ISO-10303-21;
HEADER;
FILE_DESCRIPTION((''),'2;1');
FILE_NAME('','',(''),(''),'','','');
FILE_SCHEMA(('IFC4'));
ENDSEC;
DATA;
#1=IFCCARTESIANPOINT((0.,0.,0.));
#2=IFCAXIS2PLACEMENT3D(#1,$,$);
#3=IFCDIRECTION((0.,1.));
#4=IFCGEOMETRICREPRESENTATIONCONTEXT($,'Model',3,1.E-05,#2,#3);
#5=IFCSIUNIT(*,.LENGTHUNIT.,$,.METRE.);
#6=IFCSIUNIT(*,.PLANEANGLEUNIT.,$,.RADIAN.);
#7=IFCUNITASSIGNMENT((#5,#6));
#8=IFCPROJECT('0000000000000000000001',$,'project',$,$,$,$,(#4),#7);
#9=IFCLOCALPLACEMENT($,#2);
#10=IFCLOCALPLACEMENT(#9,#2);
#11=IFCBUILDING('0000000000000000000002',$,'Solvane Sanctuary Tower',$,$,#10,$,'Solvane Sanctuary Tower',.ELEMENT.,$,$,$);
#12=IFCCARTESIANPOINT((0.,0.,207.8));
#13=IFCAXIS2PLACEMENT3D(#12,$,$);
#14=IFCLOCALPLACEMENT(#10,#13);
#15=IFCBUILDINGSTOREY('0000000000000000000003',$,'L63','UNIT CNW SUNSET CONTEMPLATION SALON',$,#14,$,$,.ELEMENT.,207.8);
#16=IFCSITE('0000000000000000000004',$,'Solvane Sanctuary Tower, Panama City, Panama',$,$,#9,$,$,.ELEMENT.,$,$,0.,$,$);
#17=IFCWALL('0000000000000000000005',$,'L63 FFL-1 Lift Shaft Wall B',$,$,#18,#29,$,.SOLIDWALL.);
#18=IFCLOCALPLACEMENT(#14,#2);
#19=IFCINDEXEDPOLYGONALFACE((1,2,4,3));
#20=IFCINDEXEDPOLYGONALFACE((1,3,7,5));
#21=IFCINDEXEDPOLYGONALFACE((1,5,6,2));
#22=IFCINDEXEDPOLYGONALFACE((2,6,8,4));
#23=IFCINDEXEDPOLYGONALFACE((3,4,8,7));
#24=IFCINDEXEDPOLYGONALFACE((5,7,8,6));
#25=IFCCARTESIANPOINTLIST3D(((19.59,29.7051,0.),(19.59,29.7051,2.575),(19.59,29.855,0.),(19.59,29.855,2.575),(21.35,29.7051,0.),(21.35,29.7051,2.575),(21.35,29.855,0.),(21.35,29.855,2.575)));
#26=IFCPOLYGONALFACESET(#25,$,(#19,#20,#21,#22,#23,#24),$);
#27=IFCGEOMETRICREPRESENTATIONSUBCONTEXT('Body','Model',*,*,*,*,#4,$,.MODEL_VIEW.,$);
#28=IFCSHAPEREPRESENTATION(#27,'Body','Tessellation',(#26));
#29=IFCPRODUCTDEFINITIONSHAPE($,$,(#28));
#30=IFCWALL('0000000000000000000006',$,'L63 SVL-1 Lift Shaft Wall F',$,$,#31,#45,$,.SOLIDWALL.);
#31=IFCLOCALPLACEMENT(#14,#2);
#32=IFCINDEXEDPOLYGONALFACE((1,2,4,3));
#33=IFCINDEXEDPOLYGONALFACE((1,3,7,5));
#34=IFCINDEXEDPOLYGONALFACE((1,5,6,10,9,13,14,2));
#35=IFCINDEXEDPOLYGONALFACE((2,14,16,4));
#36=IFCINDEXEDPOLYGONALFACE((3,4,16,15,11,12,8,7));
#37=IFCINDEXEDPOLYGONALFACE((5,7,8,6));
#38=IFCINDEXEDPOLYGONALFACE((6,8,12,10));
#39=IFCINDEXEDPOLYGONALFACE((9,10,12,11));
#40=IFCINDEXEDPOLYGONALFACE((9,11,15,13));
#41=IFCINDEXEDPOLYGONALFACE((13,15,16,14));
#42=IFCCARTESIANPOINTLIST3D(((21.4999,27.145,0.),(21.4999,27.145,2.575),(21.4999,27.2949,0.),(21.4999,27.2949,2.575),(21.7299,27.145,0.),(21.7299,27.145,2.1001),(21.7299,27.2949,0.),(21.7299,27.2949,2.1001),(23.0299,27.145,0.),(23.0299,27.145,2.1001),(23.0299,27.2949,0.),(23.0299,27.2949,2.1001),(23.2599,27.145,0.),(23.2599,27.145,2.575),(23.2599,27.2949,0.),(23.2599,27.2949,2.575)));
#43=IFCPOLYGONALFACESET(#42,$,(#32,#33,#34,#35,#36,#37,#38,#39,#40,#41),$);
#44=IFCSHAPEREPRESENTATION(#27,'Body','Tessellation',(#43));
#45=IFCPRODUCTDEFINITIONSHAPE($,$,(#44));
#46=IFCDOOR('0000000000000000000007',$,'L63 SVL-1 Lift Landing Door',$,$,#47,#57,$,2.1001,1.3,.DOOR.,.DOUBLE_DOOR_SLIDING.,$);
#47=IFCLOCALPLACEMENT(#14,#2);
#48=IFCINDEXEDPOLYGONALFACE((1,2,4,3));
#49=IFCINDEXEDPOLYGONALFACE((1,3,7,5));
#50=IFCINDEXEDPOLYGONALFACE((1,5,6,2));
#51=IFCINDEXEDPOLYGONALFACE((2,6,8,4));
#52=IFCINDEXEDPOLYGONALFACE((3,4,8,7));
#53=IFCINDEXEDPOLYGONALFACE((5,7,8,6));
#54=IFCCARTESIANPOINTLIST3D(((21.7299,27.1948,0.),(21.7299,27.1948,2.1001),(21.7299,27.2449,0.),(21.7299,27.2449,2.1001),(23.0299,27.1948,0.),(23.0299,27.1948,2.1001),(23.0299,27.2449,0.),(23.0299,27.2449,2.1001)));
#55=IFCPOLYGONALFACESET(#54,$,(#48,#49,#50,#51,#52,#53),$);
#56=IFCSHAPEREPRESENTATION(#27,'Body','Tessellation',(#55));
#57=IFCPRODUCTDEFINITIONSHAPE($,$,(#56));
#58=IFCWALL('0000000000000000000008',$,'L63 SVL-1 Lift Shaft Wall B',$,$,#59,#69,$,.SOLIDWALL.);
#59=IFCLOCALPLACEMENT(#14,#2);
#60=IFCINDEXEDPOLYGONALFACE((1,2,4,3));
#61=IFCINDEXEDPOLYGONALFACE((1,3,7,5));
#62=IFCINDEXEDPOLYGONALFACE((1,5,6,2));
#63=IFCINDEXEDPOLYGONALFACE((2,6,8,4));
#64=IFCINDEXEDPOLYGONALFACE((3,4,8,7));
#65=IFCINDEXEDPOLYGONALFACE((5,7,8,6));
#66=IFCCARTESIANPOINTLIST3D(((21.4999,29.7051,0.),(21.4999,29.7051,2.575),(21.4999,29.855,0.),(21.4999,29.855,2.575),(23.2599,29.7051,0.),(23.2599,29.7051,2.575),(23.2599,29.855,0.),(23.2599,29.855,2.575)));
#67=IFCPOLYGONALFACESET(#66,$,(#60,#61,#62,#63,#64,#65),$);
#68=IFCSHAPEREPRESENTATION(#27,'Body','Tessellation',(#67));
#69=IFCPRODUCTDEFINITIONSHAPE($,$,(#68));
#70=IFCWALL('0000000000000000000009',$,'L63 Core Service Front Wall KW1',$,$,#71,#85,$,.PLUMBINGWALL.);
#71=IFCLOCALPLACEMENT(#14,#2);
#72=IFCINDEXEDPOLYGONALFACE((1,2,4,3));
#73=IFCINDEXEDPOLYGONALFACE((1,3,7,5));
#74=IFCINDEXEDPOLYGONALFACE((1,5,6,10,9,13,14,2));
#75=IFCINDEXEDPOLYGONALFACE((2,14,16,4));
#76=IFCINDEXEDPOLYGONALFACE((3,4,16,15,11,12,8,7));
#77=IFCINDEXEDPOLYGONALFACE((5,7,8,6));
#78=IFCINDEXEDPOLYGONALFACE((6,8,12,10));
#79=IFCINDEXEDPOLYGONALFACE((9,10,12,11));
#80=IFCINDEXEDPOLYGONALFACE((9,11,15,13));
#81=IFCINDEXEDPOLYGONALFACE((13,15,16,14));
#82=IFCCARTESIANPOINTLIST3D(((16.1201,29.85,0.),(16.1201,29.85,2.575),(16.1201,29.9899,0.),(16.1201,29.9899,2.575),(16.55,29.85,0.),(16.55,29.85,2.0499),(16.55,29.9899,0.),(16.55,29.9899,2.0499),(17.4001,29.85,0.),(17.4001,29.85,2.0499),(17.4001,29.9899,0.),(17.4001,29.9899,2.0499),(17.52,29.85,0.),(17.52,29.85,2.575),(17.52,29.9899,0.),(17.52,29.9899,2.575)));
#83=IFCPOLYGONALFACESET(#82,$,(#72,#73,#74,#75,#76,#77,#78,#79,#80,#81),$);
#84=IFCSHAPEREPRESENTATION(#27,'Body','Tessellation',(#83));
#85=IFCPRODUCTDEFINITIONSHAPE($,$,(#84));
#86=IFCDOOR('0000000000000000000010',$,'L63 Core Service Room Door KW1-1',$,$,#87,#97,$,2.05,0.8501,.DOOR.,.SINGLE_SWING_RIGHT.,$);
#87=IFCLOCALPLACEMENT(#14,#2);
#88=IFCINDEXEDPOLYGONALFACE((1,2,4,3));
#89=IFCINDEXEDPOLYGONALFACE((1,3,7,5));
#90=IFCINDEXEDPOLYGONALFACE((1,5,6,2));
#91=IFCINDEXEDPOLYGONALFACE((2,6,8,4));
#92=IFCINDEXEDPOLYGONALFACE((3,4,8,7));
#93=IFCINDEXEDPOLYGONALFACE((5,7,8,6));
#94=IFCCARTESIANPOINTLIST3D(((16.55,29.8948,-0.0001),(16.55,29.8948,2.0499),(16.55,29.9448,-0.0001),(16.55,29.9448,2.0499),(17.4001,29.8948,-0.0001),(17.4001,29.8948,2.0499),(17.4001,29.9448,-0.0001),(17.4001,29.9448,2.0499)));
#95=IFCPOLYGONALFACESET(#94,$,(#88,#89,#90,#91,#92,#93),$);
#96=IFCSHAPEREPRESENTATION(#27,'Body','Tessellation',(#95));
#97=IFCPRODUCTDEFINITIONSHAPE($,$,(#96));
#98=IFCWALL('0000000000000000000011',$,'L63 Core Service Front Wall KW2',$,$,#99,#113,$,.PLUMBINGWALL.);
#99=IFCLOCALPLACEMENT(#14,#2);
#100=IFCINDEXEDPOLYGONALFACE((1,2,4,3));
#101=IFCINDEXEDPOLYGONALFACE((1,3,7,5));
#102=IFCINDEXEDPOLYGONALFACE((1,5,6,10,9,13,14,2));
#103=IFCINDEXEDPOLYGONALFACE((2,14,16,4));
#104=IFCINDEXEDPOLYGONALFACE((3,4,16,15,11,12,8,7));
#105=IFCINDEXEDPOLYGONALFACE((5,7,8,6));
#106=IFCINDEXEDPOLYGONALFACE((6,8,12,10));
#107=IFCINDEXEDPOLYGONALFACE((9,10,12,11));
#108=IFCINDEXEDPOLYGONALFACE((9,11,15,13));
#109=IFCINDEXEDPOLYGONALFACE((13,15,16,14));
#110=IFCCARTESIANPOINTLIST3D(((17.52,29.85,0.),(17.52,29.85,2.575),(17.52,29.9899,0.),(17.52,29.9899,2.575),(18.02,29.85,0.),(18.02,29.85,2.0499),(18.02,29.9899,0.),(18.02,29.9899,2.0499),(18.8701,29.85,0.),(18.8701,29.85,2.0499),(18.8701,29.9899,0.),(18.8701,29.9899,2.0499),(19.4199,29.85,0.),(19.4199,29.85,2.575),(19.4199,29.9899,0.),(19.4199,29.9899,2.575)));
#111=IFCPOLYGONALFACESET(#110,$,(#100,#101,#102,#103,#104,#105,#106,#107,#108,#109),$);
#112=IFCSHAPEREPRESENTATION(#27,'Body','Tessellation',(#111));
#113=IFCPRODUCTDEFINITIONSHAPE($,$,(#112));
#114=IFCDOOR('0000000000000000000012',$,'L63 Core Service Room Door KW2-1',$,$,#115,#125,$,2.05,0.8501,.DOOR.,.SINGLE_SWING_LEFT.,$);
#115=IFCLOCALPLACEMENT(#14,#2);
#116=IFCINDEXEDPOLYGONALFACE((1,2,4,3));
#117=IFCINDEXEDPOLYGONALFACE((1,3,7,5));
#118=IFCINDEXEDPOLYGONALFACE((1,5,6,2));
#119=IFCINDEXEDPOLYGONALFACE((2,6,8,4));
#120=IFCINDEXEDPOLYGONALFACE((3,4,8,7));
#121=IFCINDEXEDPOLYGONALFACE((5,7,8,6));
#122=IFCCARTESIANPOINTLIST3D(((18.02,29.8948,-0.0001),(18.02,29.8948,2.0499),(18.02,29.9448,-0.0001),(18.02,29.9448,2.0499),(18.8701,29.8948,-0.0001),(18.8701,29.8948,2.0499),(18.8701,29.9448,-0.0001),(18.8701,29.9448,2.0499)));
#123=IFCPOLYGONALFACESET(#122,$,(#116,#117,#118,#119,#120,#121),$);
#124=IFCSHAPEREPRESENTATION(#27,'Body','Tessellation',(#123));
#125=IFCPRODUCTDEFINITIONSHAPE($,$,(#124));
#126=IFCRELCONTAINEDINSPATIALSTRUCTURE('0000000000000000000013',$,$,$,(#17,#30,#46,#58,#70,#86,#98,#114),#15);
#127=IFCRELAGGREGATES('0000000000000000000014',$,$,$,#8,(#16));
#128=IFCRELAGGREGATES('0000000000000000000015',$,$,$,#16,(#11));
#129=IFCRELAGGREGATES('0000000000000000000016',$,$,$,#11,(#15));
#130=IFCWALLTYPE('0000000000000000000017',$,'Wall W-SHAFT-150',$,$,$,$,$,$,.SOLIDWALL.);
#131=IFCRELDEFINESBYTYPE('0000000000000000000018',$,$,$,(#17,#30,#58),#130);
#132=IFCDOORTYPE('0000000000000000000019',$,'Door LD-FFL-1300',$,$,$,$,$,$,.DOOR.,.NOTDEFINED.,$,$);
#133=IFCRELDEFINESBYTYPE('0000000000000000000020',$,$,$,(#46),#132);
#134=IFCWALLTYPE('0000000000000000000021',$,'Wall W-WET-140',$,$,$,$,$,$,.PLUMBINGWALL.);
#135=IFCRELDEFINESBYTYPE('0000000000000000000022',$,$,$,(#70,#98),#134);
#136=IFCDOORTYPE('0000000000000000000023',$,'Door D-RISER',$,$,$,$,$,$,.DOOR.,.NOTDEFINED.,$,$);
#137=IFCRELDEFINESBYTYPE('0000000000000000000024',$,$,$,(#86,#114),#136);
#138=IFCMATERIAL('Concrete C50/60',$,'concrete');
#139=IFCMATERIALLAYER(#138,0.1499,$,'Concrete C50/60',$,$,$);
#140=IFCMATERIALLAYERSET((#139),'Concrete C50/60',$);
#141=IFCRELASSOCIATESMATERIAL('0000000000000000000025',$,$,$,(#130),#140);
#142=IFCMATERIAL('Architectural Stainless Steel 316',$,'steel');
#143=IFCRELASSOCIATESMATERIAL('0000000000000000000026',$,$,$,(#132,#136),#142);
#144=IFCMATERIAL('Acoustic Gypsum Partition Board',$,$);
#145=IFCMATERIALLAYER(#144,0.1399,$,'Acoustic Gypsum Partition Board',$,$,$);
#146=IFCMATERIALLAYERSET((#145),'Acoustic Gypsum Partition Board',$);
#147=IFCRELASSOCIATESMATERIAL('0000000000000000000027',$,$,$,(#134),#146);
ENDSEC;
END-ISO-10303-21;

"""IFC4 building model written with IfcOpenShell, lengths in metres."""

from ifc_helpers import new_model, si_unit, direction, frame, frame_2d, origin, place, context, subcontext, project, spatial, rectangle, extrude, material, layer, layer_set, type_object, element, fill, save


model = new_model("IFC4")

# Units and contexts
model_context = context("Model", 3, precision=1e-05, world=origin(), true_north=direction((0.0, 1.0)))
body_context = subcontext(model_context, "Body", "Model", "MODEL_VIEW")
ifc_project = project(units=[si_unit("LENGTHUNIT", "METRE"), si_unit("PLANEANGLEUNIT", "RADIAN")], contexts=[model_context])

# Site, building, storey
site_placement = place(None, origin())
site = spatial("IfcSite", under=ifc_project, at=site_placement, Name="Solvane Sanctuary Tower, Panama City, Panama", CompositionType="ELEMENT", RefElevation=0.0)
building_placement = place(site_placement, origin())
building = spatial("IfcBuilding", under=site, at=building_placement, Name="Solvane Sanctuary Tower", LongName="Solvane Sanctuary Tower", CompositionType="ELEMENT")
storey_placement = place(building_placement, frame((0.0, 0.0, 207.8)))
storey = spatial("IfcBuildingStorey", under=building, at=storey_placement, Name="L63", Description="UNIT CNW SUNSET CONTEMPLATION SALON", CompositionType="ELEMENT", Elevation=207.8)

# Shared definitions
ifc_material_1 = material(Name="Concrete C50/60", Category="concrete")

# Shared definitions
ifc_material_2 = material(Name="Acoustic Gypsum Partition Board")

# Wall
ifc_layer_1 = layer(ifc_material_1, 0.1499, Name="Concrete C50/60")
ifc_layer_set_1 = layer_set([ifc_layer_1], Name="Concrete C50/60")
wall_type_1 = type_object("IfcWallType", Name="Wall W-SHAFT-150", PredefinedType="SOLIDWALL", material=ifc_layer_set_1)
wall_1_placement = place(storey_placement, frame((19.5901, 29.78, 0.0), z_axis=(0.0, 0.0, 1.0), x_axis=(1.0, 0.0, 0.0)))
element("IfcWall", 1, at=wall_1_placement, inside=storey, type_object=wall_type_1, Name="L63 FFL-1 Lift Shaft Wall B", PredefinedType="SOLIDWALL", context=body_context, shape_type="SweptSolid", body=[
    extrude(rectangle(XDim=1.76, YDim=0.1499, at=frame_2d((0.8799, 0.0))), origin(), (0.0, 0.0, 1.0), 2.575),
])

# Wall, opening, door
wall_2_placement = place(storey_placement, frame((21.5, 27.22, 0.0), z_axis=(0.0, 0.0, 1.0), x_axis=(1.0, 0.0, 0.0)))
wall_2 = element("IfcWall", 2, at=wall_2_placement, inside=storey, type_object=wall_type_1, Name="L63 SVL-1 Lift Shaft Wall F", PredefinedType="SOLIDWALL", context=body_context, shape_type="SweptSolid", body=[
    extrude(rectangle(XDim=1.76, YDim=0.1499, at=frame_2d((0.8799, 0.0))), origin(), (0.0, 0.0, 1.0), 2.575),
])
opening_1_placement = place(wall_2_placement, frame((0.23, 0.0, 0.0)))
opening_1 = element("IfcOpeningElement", 3, at=opening_1_placement, cuts=wall_2, PredefinedType="OPENING", context=body_context, shape_type="SweptSolid", body=[
    extrude(rectangle(XDim=1.3, YDim=2.1001, at=frame_2d((0.6499, 1.05))), frame((0.0, 0.085, 0.0), z_axis=(0.0, -1.0, 0.0), x_axis=(1.0, 0.0, 0.0)), (0.0, 0.0, 1.0), 0.1699),
])
ifc_material_3 = material(Name="Architectural Stainless Steel 316", Category="steel")
door_type_1 = type_object("IfcDoorType", Name="Door LD-FFL-1300", OperationType="NOTDEFINED", PredefinedType="DOOR", material=ifc_material_3)
door_1_placement = place(opening_1_placement, origin())
door_1 = element("IfcDoor", 4, at=door_1_placement, inside=storey, type_object=door_type_1, Name="L63 SVL-1 Lift Landing Door", OperationType="DOUBLE_DOOR_SLIDING", OverallHeight=2.1001, OverallWidth=1.3, PredefinedType="DOOR", context=body_context, shape_type="SweptSolid", body=[
    extrude(rectangle(XDim=1.3, YDim=2.1001, at=frame_2d((0.6499, 1.05))), frame((0.0, 0.0249, 0.0), z_axis=(0.0, -1.0, 0.0), x_axis=(1.0, 0.0, 0.0)), (0.0, 0.0, 1.0), 0.05),
])
fill(opening_1, door_1)

# Wall
wall_3_placement = place(storey_placement, frame((21.5, 29.78, 0.0), z_axis=(0.0, 0.0, 1.0), x_axis=(1.0, 0.0, 0.0)))
element("IfcWall", 5, at=wall_3_placement, inside=storey, type_object=wall_type_1, Name="L63 SVL-1 Lift Shaft Wall B", PredefinedType="SOLIDWALL", context=body_context, shape_type="SweptSolid", body=[
    extrude(rectangle(XDim=1.76, YDim=0.1499, at=frame_2d((0.8799, 0.0))), origin(), (0.0, 0.0, 1.0), 2.575),
])

# Walls, openings, doors
ifc_layer_2 = layer(ifc_material_2, 0.1399, Name="Acoustic Gypsum Partition Board")
ifc_layer_set_2 = layer_set([ifc_layer_2], Name="Acoustic Gypsum Partition Board")
wall_type_2 = type_object("IfcWallType", Name="Wall W-WET-140", PredefinedType="PLUMBINGWALL", material=ifc_layer_set_2)
wall_4_placement = place(storey_placement, frame((16.1201, 29.9199, 0.0), z_axis=(0.0, 0.0, 1.0), x_axis=(1.0, 0.0, 0.0)))
wall_4 = element("IfcWall", 6, at=wall_4_placement, inside=storey, type_object=wall_type_2, Name="L63 Core Service Front Wall KW1", PredefinedType="PLUMBINGWALL", context=body_context, shape_type="SweptSolid", body=[
    extrude(rectangle(XDim=1.3999, YDim=0.1399, at=frame_2d((0.7, 0.0))), origin(), (0.0, 0.0, 1.0), 2.575),
])
opening_2_placement = place(wall_4_placement, frame((0.4299, 0.0, 0.0)))
opening_2 = element("IfcOpeningElement", 7, at=opening_2_placement, cuts=wall_4, PredefinedType="OPENING", context=body_context, shape_type="SweptSolid", body=[
    extrude(rectangle(XDim=0.8501, YDim=2.05, at=frame_2d((0.425, 1.0249))), frame((0.0, 0.0798, 0.0), z_axis=(0.0, -1.0, 0.0), x_axis=(1.0, 0.0, 0.0)), (0.0, 0.0, 1.0), 0.1599),
])
door_type_2 = type_object("IfcDoorType", Name="Door D-RISER", OperationType="NOTDEFINED", PredefinedType="DOOR", material=ifc_material_3)
door_2_placement = place(opening_2_placement, origin())
door_2 = element("IfcDoor", 8, at=door_2_placement, inside=storey, type_object=door_type_2, Name="L63 Core Service Room Door KW1-1", OperationType="SINGLE_SWING_RIGHT", OverallHeight=2.05, OverallWidth=0.8501, PredefinedType="DOOR", context=body_context, shape_type="SweptSolid", body=[
    extrude(rectangle(XDim=0.8501, YDim=2.05, at=frame_2d((0.425, 1.0249))), frame((0.0, 0.0249, 0.0), z_axis=(0.0, -1.0, 0.0), x_axis=(1.0, 0.0, 0.0)), (0.0, 0.0, 1.0), 0.05),
])
fill(opening_2, door_2)
wall_5_placement = place(storey_placement, frame((17.52, 29.9199, 0.0), z_axis=(0.0, 0.0, 1.0), x_axis=(1.0, 0.0, 0.0)))
wall_5 = element("IfcWall", 9, at=wall_5_placement, inside=storey, type_object=wall_type_2, Name="L63 Core Service Front Wall KW2", PredefinedType="PLUMBINGWALL", context=body_context, shape_type="SweptSolid", body=[
    extrude(rectangle(XDim=1.8999, YDim=0.1399, at=frame_2d((0.95, 0.0))), origin(), (0.0, 0.0, 1.0), 2.575),
])
opening_3_placement = place(wall_5_placement, frame((0.5, 0.0, 0.0)))
opening_3 = element("IfcOpeningElement", 10, at=opening_3_placement, cuts=wall_5, PredefinedType="OPENING", context=body_context, shape_type="SweptSolid", body=[
    extrude(rectangle(XDim=0.8501, YDim=2.05, at=frame_2d((0.425, 1.0249))), frame((0.0, 0.0798, 0.0), z_axis=(0.0, -1.0, 0.0), x_axis=(1.0, 0.0, 0.0)), (0.0, 0.0, 1.0), 0.1599),
])
door_3_placement = place(opening_3_placement, origin())
door_3 = element("IfcDoor", 11, at=door_3_placement, inside=storey, type_object=door_type_2, Name="L63 Core Service Room Door KW2-1", OperationType="SINGLE_SWING_LEFT", OverallHeight=2.05, OverallWidth=0.8501, PredefinedType="DOOR", context=body_context, shape_type="SweptSolid", body=[
    extrude(rectangle(XDim=0.8501, YDim=2.05, at=frame_2d((0.425, 1.0249))), frame((0.0, 0.0249, 0.0), z_axis=(0.0, -1.0, 0.0), x_axis=(1.0, 0.0, 0.0)), (0.0, 0.0, 1.0), 0.05),
])
fill(opening_3, door_3)

save(model, "model.ifc")
